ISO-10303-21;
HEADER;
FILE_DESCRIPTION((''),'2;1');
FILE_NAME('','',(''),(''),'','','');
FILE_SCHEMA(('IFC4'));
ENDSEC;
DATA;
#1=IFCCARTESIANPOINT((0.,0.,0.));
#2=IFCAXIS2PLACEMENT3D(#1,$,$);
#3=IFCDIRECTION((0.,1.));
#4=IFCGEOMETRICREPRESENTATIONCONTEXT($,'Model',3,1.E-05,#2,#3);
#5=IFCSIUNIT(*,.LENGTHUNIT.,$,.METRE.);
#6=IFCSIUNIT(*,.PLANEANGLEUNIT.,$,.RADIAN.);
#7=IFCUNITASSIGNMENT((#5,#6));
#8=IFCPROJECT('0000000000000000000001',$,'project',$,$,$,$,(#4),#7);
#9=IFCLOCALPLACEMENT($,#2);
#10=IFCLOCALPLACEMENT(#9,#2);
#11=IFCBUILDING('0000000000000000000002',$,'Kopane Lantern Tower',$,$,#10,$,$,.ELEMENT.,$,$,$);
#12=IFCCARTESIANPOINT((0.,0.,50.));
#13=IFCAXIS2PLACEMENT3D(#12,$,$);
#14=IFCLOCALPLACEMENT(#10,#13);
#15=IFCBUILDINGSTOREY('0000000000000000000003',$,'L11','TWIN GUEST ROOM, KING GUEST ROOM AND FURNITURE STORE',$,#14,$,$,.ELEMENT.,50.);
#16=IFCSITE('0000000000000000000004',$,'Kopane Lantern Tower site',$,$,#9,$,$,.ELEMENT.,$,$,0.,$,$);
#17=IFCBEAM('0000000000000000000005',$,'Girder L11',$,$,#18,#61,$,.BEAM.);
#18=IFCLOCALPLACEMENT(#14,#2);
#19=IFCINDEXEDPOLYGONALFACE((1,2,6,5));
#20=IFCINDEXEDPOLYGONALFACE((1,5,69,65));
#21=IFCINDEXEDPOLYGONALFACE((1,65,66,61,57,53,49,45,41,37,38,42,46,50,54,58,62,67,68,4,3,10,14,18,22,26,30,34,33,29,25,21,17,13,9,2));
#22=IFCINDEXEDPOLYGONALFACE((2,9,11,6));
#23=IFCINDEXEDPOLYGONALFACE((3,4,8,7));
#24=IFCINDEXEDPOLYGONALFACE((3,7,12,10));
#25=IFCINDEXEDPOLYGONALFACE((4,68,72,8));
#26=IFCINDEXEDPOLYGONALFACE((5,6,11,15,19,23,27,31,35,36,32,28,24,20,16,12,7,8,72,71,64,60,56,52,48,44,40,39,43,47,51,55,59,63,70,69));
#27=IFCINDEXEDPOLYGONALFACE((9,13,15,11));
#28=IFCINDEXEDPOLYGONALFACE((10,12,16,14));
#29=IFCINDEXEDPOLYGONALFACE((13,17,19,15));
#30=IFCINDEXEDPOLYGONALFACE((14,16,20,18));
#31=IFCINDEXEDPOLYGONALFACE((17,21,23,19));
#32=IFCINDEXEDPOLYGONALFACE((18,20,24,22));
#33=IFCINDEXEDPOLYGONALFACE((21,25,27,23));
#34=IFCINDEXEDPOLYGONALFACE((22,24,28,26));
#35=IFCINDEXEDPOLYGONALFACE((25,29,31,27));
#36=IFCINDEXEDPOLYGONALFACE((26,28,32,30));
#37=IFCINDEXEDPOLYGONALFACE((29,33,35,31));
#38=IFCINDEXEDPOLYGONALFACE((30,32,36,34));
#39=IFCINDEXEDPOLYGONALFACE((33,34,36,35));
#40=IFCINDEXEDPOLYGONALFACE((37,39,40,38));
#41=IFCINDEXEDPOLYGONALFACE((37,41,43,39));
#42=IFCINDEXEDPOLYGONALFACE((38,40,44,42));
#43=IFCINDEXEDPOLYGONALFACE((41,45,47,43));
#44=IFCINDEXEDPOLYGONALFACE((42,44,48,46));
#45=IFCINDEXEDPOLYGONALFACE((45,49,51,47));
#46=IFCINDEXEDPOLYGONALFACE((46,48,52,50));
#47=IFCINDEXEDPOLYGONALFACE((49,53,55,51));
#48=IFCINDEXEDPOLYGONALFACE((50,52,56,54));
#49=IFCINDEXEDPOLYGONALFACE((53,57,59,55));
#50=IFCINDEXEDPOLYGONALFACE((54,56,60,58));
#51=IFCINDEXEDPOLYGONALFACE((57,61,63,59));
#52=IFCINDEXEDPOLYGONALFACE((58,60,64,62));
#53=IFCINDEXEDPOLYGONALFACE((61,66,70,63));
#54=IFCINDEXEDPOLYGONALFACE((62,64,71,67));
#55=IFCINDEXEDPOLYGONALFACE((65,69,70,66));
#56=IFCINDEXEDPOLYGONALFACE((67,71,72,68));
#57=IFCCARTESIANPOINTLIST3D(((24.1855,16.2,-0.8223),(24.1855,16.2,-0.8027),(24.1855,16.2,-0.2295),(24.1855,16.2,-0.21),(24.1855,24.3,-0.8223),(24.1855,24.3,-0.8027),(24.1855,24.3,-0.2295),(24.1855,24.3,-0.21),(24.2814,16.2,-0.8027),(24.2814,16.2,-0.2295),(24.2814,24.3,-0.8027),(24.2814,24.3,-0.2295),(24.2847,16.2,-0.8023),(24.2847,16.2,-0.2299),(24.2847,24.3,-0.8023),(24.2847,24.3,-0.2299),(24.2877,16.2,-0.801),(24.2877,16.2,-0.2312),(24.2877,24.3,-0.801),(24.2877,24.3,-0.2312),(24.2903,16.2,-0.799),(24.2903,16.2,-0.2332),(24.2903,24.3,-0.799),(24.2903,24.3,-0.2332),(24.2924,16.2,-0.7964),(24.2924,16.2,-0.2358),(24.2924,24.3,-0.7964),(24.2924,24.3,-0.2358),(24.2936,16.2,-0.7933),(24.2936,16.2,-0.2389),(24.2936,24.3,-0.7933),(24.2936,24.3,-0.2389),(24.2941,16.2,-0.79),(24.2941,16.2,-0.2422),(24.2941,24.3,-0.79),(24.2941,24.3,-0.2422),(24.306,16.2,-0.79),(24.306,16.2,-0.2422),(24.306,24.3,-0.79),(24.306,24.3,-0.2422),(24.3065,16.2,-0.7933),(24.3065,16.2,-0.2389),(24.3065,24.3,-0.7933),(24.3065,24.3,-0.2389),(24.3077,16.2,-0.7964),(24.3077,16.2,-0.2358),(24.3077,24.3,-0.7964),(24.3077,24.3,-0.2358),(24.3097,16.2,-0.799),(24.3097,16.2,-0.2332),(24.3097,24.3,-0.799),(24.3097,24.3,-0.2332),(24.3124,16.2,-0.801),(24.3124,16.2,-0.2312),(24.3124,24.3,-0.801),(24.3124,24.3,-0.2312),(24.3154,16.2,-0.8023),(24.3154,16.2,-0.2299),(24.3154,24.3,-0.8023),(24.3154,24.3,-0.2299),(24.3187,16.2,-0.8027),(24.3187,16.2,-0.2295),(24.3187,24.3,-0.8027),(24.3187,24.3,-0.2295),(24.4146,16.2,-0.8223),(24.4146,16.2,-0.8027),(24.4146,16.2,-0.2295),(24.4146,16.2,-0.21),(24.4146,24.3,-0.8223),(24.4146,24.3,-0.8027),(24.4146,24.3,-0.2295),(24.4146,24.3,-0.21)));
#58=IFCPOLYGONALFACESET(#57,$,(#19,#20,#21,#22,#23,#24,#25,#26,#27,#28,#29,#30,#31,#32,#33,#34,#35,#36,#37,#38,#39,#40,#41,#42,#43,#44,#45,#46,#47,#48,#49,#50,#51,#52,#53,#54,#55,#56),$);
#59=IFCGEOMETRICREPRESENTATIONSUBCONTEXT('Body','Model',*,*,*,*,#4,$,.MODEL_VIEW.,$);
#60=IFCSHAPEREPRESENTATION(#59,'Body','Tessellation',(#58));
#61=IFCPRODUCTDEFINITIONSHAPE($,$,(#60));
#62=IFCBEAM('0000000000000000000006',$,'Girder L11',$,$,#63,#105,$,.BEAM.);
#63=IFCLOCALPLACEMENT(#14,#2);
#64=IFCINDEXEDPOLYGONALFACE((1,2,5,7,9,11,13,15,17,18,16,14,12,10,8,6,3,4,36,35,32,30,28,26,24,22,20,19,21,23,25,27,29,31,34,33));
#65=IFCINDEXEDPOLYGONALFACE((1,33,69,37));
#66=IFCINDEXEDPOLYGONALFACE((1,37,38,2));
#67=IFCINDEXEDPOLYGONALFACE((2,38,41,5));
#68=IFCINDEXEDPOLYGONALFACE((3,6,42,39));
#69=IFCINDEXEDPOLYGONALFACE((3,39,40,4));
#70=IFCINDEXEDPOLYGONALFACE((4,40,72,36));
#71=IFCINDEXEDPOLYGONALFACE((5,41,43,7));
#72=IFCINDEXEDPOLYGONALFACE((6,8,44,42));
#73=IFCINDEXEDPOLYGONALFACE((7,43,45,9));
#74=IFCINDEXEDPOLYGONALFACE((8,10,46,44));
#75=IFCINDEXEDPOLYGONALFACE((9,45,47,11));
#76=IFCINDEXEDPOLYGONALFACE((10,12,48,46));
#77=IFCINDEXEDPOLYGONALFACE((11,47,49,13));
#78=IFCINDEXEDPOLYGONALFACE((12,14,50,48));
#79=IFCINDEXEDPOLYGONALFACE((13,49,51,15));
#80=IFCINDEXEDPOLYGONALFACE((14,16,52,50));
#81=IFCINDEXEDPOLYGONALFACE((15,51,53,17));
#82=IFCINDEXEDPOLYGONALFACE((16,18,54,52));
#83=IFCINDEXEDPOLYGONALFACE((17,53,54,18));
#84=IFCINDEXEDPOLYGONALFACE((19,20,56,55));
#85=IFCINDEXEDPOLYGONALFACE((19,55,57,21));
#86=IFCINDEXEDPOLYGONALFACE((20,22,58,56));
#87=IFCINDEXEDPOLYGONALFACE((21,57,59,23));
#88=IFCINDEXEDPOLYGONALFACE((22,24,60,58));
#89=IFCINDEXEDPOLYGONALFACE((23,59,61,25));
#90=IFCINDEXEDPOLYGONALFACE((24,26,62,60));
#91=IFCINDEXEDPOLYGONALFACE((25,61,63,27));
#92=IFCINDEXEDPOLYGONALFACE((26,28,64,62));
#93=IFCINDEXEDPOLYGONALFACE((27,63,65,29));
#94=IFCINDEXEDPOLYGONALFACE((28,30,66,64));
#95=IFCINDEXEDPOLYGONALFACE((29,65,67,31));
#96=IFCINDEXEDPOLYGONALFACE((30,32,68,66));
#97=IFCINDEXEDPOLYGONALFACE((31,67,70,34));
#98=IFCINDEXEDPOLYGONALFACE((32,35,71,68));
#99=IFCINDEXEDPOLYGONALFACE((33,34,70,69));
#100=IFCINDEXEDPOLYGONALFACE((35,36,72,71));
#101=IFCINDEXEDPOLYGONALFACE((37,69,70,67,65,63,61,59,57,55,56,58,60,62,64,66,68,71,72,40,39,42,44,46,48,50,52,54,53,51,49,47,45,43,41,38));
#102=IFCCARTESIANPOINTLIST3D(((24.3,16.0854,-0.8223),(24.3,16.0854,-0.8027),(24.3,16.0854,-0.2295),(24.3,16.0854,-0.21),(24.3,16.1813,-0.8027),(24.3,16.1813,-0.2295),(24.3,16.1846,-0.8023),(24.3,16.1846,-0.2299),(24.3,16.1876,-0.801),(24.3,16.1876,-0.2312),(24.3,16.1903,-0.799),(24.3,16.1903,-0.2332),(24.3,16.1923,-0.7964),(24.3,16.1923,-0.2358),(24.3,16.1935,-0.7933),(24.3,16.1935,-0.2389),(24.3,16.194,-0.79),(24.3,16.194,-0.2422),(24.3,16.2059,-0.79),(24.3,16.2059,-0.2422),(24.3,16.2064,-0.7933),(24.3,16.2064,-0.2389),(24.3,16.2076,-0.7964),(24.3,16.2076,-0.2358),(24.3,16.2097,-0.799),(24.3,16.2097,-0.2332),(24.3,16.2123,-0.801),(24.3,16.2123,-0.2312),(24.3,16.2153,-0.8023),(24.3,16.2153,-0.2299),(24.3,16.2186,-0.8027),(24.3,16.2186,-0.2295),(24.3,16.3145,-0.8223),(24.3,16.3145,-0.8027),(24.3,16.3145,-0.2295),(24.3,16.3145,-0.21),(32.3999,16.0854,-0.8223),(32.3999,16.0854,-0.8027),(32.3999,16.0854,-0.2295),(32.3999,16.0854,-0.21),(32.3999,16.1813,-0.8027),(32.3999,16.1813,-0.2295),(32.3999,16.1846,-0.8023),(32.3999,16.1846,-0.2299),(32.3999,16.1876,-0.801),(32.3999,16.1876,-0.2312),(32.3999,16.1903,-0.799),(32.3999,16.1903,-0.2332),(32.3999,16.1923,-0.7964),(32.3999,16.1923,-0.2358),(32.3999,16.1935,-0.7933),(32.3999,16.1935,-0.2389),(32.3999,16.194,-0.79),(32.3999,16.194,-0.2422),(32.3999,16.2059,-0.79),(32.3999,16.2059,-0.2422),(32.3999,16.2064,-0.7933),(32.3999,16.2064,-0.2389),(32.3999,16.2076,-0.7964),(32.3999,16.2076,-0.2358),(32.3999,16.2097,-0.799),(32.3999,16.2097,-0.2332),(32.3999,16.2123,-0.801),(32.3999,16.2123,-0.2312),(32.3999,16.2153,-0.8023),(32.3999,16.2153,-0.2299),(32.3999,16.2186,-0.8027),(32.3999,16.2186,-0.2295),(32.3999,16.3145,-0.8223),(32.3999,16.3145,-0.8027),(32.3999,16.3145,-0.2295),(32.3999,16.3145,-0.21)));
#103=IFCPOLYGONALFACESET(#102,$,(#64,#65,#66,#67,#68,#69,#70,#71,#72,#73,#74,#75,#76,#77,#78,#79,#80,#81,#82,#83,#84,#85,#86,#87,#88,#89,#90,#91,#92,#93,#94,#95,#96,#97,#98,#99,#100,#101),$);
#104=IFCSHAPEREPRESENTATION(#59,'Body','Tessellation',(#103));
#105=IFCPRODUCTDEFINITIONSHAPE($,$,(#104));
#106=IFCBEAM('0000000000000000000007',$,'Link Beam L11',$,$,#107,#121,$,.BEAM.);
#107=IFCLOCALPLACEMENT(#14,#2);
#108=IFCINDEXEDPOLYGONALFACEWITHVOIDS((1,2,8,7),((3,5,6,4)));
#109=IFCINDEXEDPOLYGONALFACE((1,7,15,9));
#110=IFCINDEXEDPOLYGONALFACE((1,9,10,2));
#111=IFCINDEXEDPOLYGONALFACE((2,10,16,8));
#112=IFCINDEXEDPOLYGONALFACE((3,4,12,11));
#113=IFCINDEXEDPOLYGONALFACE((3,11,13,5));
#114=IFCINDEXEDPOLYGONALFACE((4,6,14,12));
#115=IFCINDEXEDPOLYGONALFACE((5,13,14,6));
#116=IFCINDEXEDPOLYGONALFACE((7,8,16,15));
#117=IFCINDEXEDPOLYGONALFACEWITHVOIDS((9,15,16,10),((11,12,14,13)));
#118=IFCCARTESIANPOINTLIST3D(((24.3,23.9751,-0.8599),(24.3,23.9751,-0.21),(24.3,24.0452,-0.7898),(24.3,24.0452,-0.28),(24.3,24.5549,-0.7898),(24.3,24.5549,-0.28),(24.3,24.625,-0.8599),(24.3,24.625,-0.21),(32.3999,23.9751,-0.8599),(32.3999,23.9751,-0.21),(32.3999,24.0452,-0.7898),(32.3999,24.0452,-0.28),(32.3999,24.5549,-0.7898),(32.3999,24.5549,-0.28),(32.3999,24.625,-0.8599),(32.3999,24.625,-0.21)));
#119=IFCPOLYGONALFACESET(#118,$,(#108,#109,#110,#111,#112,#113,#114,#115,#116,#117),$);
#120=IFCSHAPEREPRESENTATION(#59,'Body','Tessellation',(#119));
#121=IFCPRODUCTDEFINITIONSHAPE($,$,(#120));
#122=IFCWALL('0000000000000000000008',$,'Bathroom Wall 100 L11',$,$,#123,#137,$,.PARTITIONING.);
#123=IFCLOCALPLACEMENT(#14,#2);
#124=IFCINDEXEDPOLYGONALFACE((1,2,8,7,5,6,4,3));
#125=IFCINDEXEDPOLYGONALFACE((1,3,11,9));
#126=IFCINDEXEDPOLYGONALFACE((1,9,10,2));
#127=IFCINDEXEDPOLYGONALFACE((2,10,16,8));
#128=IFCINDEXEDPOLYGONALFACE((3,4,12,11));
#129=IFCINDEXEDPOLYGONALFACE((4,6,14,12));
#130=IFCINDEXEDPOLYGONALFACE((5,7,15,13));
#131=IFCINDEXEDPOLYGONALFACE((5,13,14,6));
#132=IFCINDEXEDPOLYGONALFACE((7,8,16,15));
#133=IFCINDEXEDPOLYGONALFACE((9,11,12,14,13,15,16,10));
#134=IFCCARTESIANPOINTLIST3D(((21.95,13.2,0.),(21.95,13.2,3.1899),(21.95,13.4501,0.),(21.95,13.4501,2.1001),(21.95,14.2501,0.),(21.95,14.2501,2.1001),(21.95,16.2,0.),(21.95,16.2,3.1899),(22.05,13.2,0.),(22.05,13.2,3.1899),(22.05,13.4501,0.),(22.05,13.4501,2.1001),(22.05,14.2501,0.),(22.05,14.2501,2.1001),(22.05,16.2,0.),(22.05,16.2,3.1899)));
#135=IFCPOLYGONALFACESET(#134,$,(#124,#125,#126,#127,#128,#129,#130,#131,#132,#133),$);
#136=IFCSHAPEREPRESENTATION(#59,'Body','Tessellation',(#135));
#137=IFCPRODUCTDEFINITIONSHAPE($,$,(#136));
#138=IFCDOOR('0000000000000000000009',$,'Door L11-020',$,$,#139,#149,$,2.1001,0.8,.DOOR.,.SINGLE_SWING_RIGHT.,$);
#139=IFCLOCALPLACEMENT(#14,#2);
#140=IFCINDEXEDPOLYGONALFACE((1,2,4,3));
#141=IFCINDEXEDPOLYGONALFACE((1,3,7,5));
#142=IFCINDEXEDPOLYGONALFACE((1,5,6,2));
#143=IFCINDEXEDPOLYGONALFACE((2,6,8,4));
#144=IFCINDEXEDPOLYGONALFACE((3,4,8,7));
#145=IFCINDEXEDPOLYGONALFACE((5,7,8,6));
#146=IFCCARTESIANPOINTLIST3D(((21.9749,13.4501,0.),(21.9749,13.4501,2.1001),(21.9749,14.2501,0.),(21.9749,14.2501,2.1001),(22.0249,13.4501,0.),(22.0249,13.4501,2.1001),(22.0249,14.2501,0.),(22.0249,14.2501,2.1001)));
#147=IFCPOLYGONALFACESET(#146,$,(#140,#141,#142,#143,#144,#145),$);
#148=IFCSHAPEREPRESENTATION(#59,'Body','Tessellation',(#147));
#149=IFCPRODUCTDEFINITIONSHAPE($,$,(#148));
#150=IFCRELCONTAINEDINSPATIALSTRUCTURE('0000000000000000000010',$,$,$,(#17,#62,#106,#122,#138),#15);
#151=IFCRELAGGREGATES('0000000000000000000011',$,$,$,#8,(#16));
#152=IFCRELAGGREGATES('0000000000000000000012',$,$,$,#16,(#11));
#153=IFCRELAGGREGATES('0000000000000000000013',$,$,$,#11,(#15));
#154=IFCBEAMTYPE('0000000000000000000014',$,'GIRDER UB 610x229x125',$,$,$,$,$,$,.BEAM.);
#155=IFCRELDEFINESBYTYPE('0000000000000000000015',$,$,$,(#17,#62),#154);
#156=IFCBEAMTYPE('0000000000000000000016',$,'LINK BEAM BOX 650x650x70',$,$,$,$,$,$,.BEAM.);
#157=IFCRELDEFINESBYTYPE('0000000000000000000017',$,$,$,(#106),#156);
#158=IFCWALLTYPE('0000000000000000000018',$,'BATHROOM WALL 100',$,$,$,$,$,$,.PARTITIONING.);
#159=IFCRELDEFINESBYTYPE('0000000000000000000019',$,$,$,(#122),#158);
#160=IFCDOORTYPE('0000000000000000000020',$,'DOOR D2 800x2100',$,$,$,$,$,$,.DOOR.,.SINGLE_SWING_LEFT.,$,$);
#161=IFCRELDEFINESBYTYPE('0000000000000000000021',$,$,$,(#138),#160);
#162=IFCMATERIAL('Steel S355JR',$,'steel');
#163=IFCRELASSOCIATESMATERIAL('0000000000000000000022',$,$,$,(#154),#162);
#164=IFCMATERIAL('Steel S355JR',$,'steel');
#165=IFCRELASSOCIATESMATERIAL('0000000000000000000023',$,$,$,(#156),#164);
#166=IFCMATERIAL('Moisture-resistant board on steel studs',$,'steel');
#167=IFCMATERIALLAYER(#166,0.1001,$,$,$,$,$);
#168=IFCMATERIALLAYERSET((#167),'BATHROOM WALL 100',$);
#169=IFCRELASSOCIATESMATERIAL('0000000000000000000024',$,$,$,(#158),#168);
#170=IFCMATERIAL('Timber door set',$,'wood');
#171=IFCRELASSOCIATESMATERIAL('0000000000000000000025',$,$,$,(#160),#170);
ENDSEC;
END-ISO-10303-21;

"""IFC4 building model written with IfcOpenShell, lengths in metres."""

from ifc_helpers import new_model, si_unit, direction, frame, frame_2d, origin, origin_2d, place, context, subcontext, project, spatial, rectangle, hollow_rectangle, i_section, extrude, material, layer, layer_set, material_profile, profile_set, type_object, element, fill, save


model = new_model("IFC4")

# Units and contexts
model_context = context("Model", 3, precision=1e-05, world=origin(), true_north=direction((0.0, 1.0)))
body_context = subcontext(model_context, "Body", "Model", "MODEL_VIEW")
ifc_project = project(units=[si_unit("LENGTHUNIT", "METRE"), si_unit("PLANEANGLEUNIT", "RADIAN")], contexts=[model_context])

# Site, building, storey
site_placement = place(None, origin())
site = spatial("IfcSite", under=ifc_project, at=site_placement, Name="Kopane Lantern Tower site", CompositionType="ELEMENT", RefElevation=0.0)
building_placement = place(site_placement, origin())
building = spatial("IfcBuilding", under=site, at=building_placement, Name="Kopane Lantern Tower", CompositionType="ELEMENT")
storey_placement = place(building_placement, frame((0.0, 0.0, 50.0)))
storey = spatial("IfcBuildingStorey", under=building, at=storey_placement, Name="L11", Description="TWIN GUEST ROOM, KING GUEST ROOM AND FURNITURE STORE", CompositionType="ELEMENT", Elevation=50.0)

# Beams
ifc_material_1 = material(Name="Steel S355JR", Category="steel")
ifc_material_profile_1 = material_profile(ifc_material_1, i_section(OverallWidth=0.229, OverallDepth=0.6123, WebThickness=0.012, FlangeThickness=0.0195, FilletRadius=0.0127, at=origin_2d()), Name="UB 610x229x125")
ifc_profile_set_1 = profile_set([ifc_material_profile_1], Name="Steel S355JR")
beam_type_1 = type_object("IfcBeamType", Name="GIRDER UB 610x229x125", PredefinedType="BEAM", material=ifc_profile_set_1)
for number, where, z_axis, x_axis, name in (
    (1, (24.3, 16.2, -0.5161), (0.0, 1.0, 0.0), (-1.0, 0.0, 0.0), "Girder L11"),
):
    element("IfcBeam", number, at=place(storey_placement, frame(where, z_axis=z_axis, x_axis=x_axis)), inside=storey, type_object=beam_type_1, Name=name, PredefinedType="BEAM", context=body_context, shape_type="SweptSolid", body=[
        extrude(i_section(OverallWidth=0.229, OverallDepth=0.6123, WebThickness=0.012, FlangeThickness=0.0195, FilletRadius=0.0127, at=origin_2d()), origin(), (0.0, 0.0, 1.0), 8.1001),
    ])
beam_1_placement = place(storey_placement, frame((24.3, 16.2, -0.5161), z_axis=(1.0, 0.0, 0.0), x_axis=(0.0, 1.0, 0.0)))
element("IfcBeam", 2, at=beam_1_placement, inside=storey, type_object=beam_type_1, Name="Girder L11", PredefinedType="BEAM", context=body_context, shape_type="SweptSolid", body=[
    extrude(i_section(OverallWidth=0.229, OverallDepth=0.6123, WebThickness=0.012, FlangeThickness=0.0195, FilletRadius=0.0127, at=origin_2d()), origin(), (0.0, 0.0, 1.0), 8.0999),
])
ifc_material_2 = material(Name="Steel S355JR", Category="steel")
ifc_material_profile_2 = material_profile(ifc_material_2, hollow_rectangle(XDim=0.6499, YDim=0.6499, WallThickness=0.0701, at=origin_2d()), Name="BOX 650x650x70")
ifc_profile_set_2 = profile_set([ifc_material_profile_2], Name="Steel S355JR")
beam_type_2 = type_object("IfcBeamType", Name="LINK BEAM BOX 650x650x70", PredefinedType="BEAM", material=ifc_profile_set_2)
beam_2_placement = place(storey_placement, frame((24.3, 24.3, -0.5349), z_axis=(1.0, 0.0, 0.0), x_axis=(0.0, 1.0, 0.0)))
element("IfcBeam", 3, at=beam_2_placement, inside=storey, type_object=beam_type_2, Name="Link Beam L11", PredefinedType="BEAM", context=body_context, shape_type="SweptSolid", body=[
    extrude(hollow_rectangle(XDim=0.6499, YDim=0.6499, WallThickness=0.0701, at=origin_2d()), origin(), (0.0, 0.0, 1.0), 8.0999),
])

# Wall, opening, door
ifc_material_3 = material(Name="Moisture-resistant board on steel studs", Category="steel")
ifc_layer_1 = layer(ifc_material_3, 0.1001)
ifc_layer_set_1 = layer_set([ifc_layer_1], Name="BATHROOM WALL 100")
wall_type_1 = type_object("IfcWallType", Name="BATHROOM WALL 100", PredefinedType="PARTITIONING", material=ifc_layer_set_1)
wall_1_placement = place(storey_placement, frame((22.0, 16.2, 0.0), z_axis=(0.0, 0.0, 1.0), x_axis=(0.0, -1.0, 0.0)))
wall_1 = element("IfcWall", 4, at=wall_1_placement, inside=storey, type_object=wall_type_1, Name="Bathroom Wall 100 L11", PredefinedType="PARTITIONING", context=body_context, shape_type="SweptSolid", body=[
    extrude(rectangle(XDim=3.0, YDim=0.1001, at=frame_2d((1.5, 0.0))), origin(), (0.0, 0.0, 1.0), 3.1899),
])
opening_1_placement = place(wall_1_placement, frame((1.95, 0.0, 0.0)))
opening_1 = element("IfcOpeningElement", 5, at=opening_1_placement, cuts=wall_1, PredefinedType="OPENING", context=body_context, shape_type="SweptSolid", body=[
    extrude(rectangle(XDim=0.8, YDim=2.1001, at=frame_2d((0.3999, 1.05))), frame((0.0, 0.0601, 0.0), z_axis=(0.0, -1.0, 0.0), x_axis=(1.0, 0.0, 0.0)), (0.0, 0.0, 1.0), 0.1201),
])
ifc_material_4 = material(Name="Timber door set", Category="wood")
door_type_1 = type_object("IfcDoorType", Name="DOOR D2 800x2100", OperationType="SINGLE_SWING_LEFT", PredefinedType="DOOR", material=ifc_material_4)
door_1_placement = place(opening_1_placement, origin())
door_1 = element("IfcDoor", 6, at=door_1_placement, inside=storey, type_object=door_type_1, Name="Door L11-020", OperationType="SINGLE_SWING_RIGHT", OverallHeight=2.1001, OverallWidth=0.8, PredefinedType="DOOR", context=body_context, shape_type="SweptSolid", body=[
    extrude(rectangle(XDim=0.8, YDim=2.1001, at=frame_2d((0.3999, 1.05))), frame((0.0, 0.0249, 0.0), z_axis=(0.0, -1.0, 0.0), x_axis=(1.0, 0.0, 0.0)), (0.0, 0.0, 1.0), 0.05),
])
fill(opening_1, door_1)

save(model, "model.ifc")
